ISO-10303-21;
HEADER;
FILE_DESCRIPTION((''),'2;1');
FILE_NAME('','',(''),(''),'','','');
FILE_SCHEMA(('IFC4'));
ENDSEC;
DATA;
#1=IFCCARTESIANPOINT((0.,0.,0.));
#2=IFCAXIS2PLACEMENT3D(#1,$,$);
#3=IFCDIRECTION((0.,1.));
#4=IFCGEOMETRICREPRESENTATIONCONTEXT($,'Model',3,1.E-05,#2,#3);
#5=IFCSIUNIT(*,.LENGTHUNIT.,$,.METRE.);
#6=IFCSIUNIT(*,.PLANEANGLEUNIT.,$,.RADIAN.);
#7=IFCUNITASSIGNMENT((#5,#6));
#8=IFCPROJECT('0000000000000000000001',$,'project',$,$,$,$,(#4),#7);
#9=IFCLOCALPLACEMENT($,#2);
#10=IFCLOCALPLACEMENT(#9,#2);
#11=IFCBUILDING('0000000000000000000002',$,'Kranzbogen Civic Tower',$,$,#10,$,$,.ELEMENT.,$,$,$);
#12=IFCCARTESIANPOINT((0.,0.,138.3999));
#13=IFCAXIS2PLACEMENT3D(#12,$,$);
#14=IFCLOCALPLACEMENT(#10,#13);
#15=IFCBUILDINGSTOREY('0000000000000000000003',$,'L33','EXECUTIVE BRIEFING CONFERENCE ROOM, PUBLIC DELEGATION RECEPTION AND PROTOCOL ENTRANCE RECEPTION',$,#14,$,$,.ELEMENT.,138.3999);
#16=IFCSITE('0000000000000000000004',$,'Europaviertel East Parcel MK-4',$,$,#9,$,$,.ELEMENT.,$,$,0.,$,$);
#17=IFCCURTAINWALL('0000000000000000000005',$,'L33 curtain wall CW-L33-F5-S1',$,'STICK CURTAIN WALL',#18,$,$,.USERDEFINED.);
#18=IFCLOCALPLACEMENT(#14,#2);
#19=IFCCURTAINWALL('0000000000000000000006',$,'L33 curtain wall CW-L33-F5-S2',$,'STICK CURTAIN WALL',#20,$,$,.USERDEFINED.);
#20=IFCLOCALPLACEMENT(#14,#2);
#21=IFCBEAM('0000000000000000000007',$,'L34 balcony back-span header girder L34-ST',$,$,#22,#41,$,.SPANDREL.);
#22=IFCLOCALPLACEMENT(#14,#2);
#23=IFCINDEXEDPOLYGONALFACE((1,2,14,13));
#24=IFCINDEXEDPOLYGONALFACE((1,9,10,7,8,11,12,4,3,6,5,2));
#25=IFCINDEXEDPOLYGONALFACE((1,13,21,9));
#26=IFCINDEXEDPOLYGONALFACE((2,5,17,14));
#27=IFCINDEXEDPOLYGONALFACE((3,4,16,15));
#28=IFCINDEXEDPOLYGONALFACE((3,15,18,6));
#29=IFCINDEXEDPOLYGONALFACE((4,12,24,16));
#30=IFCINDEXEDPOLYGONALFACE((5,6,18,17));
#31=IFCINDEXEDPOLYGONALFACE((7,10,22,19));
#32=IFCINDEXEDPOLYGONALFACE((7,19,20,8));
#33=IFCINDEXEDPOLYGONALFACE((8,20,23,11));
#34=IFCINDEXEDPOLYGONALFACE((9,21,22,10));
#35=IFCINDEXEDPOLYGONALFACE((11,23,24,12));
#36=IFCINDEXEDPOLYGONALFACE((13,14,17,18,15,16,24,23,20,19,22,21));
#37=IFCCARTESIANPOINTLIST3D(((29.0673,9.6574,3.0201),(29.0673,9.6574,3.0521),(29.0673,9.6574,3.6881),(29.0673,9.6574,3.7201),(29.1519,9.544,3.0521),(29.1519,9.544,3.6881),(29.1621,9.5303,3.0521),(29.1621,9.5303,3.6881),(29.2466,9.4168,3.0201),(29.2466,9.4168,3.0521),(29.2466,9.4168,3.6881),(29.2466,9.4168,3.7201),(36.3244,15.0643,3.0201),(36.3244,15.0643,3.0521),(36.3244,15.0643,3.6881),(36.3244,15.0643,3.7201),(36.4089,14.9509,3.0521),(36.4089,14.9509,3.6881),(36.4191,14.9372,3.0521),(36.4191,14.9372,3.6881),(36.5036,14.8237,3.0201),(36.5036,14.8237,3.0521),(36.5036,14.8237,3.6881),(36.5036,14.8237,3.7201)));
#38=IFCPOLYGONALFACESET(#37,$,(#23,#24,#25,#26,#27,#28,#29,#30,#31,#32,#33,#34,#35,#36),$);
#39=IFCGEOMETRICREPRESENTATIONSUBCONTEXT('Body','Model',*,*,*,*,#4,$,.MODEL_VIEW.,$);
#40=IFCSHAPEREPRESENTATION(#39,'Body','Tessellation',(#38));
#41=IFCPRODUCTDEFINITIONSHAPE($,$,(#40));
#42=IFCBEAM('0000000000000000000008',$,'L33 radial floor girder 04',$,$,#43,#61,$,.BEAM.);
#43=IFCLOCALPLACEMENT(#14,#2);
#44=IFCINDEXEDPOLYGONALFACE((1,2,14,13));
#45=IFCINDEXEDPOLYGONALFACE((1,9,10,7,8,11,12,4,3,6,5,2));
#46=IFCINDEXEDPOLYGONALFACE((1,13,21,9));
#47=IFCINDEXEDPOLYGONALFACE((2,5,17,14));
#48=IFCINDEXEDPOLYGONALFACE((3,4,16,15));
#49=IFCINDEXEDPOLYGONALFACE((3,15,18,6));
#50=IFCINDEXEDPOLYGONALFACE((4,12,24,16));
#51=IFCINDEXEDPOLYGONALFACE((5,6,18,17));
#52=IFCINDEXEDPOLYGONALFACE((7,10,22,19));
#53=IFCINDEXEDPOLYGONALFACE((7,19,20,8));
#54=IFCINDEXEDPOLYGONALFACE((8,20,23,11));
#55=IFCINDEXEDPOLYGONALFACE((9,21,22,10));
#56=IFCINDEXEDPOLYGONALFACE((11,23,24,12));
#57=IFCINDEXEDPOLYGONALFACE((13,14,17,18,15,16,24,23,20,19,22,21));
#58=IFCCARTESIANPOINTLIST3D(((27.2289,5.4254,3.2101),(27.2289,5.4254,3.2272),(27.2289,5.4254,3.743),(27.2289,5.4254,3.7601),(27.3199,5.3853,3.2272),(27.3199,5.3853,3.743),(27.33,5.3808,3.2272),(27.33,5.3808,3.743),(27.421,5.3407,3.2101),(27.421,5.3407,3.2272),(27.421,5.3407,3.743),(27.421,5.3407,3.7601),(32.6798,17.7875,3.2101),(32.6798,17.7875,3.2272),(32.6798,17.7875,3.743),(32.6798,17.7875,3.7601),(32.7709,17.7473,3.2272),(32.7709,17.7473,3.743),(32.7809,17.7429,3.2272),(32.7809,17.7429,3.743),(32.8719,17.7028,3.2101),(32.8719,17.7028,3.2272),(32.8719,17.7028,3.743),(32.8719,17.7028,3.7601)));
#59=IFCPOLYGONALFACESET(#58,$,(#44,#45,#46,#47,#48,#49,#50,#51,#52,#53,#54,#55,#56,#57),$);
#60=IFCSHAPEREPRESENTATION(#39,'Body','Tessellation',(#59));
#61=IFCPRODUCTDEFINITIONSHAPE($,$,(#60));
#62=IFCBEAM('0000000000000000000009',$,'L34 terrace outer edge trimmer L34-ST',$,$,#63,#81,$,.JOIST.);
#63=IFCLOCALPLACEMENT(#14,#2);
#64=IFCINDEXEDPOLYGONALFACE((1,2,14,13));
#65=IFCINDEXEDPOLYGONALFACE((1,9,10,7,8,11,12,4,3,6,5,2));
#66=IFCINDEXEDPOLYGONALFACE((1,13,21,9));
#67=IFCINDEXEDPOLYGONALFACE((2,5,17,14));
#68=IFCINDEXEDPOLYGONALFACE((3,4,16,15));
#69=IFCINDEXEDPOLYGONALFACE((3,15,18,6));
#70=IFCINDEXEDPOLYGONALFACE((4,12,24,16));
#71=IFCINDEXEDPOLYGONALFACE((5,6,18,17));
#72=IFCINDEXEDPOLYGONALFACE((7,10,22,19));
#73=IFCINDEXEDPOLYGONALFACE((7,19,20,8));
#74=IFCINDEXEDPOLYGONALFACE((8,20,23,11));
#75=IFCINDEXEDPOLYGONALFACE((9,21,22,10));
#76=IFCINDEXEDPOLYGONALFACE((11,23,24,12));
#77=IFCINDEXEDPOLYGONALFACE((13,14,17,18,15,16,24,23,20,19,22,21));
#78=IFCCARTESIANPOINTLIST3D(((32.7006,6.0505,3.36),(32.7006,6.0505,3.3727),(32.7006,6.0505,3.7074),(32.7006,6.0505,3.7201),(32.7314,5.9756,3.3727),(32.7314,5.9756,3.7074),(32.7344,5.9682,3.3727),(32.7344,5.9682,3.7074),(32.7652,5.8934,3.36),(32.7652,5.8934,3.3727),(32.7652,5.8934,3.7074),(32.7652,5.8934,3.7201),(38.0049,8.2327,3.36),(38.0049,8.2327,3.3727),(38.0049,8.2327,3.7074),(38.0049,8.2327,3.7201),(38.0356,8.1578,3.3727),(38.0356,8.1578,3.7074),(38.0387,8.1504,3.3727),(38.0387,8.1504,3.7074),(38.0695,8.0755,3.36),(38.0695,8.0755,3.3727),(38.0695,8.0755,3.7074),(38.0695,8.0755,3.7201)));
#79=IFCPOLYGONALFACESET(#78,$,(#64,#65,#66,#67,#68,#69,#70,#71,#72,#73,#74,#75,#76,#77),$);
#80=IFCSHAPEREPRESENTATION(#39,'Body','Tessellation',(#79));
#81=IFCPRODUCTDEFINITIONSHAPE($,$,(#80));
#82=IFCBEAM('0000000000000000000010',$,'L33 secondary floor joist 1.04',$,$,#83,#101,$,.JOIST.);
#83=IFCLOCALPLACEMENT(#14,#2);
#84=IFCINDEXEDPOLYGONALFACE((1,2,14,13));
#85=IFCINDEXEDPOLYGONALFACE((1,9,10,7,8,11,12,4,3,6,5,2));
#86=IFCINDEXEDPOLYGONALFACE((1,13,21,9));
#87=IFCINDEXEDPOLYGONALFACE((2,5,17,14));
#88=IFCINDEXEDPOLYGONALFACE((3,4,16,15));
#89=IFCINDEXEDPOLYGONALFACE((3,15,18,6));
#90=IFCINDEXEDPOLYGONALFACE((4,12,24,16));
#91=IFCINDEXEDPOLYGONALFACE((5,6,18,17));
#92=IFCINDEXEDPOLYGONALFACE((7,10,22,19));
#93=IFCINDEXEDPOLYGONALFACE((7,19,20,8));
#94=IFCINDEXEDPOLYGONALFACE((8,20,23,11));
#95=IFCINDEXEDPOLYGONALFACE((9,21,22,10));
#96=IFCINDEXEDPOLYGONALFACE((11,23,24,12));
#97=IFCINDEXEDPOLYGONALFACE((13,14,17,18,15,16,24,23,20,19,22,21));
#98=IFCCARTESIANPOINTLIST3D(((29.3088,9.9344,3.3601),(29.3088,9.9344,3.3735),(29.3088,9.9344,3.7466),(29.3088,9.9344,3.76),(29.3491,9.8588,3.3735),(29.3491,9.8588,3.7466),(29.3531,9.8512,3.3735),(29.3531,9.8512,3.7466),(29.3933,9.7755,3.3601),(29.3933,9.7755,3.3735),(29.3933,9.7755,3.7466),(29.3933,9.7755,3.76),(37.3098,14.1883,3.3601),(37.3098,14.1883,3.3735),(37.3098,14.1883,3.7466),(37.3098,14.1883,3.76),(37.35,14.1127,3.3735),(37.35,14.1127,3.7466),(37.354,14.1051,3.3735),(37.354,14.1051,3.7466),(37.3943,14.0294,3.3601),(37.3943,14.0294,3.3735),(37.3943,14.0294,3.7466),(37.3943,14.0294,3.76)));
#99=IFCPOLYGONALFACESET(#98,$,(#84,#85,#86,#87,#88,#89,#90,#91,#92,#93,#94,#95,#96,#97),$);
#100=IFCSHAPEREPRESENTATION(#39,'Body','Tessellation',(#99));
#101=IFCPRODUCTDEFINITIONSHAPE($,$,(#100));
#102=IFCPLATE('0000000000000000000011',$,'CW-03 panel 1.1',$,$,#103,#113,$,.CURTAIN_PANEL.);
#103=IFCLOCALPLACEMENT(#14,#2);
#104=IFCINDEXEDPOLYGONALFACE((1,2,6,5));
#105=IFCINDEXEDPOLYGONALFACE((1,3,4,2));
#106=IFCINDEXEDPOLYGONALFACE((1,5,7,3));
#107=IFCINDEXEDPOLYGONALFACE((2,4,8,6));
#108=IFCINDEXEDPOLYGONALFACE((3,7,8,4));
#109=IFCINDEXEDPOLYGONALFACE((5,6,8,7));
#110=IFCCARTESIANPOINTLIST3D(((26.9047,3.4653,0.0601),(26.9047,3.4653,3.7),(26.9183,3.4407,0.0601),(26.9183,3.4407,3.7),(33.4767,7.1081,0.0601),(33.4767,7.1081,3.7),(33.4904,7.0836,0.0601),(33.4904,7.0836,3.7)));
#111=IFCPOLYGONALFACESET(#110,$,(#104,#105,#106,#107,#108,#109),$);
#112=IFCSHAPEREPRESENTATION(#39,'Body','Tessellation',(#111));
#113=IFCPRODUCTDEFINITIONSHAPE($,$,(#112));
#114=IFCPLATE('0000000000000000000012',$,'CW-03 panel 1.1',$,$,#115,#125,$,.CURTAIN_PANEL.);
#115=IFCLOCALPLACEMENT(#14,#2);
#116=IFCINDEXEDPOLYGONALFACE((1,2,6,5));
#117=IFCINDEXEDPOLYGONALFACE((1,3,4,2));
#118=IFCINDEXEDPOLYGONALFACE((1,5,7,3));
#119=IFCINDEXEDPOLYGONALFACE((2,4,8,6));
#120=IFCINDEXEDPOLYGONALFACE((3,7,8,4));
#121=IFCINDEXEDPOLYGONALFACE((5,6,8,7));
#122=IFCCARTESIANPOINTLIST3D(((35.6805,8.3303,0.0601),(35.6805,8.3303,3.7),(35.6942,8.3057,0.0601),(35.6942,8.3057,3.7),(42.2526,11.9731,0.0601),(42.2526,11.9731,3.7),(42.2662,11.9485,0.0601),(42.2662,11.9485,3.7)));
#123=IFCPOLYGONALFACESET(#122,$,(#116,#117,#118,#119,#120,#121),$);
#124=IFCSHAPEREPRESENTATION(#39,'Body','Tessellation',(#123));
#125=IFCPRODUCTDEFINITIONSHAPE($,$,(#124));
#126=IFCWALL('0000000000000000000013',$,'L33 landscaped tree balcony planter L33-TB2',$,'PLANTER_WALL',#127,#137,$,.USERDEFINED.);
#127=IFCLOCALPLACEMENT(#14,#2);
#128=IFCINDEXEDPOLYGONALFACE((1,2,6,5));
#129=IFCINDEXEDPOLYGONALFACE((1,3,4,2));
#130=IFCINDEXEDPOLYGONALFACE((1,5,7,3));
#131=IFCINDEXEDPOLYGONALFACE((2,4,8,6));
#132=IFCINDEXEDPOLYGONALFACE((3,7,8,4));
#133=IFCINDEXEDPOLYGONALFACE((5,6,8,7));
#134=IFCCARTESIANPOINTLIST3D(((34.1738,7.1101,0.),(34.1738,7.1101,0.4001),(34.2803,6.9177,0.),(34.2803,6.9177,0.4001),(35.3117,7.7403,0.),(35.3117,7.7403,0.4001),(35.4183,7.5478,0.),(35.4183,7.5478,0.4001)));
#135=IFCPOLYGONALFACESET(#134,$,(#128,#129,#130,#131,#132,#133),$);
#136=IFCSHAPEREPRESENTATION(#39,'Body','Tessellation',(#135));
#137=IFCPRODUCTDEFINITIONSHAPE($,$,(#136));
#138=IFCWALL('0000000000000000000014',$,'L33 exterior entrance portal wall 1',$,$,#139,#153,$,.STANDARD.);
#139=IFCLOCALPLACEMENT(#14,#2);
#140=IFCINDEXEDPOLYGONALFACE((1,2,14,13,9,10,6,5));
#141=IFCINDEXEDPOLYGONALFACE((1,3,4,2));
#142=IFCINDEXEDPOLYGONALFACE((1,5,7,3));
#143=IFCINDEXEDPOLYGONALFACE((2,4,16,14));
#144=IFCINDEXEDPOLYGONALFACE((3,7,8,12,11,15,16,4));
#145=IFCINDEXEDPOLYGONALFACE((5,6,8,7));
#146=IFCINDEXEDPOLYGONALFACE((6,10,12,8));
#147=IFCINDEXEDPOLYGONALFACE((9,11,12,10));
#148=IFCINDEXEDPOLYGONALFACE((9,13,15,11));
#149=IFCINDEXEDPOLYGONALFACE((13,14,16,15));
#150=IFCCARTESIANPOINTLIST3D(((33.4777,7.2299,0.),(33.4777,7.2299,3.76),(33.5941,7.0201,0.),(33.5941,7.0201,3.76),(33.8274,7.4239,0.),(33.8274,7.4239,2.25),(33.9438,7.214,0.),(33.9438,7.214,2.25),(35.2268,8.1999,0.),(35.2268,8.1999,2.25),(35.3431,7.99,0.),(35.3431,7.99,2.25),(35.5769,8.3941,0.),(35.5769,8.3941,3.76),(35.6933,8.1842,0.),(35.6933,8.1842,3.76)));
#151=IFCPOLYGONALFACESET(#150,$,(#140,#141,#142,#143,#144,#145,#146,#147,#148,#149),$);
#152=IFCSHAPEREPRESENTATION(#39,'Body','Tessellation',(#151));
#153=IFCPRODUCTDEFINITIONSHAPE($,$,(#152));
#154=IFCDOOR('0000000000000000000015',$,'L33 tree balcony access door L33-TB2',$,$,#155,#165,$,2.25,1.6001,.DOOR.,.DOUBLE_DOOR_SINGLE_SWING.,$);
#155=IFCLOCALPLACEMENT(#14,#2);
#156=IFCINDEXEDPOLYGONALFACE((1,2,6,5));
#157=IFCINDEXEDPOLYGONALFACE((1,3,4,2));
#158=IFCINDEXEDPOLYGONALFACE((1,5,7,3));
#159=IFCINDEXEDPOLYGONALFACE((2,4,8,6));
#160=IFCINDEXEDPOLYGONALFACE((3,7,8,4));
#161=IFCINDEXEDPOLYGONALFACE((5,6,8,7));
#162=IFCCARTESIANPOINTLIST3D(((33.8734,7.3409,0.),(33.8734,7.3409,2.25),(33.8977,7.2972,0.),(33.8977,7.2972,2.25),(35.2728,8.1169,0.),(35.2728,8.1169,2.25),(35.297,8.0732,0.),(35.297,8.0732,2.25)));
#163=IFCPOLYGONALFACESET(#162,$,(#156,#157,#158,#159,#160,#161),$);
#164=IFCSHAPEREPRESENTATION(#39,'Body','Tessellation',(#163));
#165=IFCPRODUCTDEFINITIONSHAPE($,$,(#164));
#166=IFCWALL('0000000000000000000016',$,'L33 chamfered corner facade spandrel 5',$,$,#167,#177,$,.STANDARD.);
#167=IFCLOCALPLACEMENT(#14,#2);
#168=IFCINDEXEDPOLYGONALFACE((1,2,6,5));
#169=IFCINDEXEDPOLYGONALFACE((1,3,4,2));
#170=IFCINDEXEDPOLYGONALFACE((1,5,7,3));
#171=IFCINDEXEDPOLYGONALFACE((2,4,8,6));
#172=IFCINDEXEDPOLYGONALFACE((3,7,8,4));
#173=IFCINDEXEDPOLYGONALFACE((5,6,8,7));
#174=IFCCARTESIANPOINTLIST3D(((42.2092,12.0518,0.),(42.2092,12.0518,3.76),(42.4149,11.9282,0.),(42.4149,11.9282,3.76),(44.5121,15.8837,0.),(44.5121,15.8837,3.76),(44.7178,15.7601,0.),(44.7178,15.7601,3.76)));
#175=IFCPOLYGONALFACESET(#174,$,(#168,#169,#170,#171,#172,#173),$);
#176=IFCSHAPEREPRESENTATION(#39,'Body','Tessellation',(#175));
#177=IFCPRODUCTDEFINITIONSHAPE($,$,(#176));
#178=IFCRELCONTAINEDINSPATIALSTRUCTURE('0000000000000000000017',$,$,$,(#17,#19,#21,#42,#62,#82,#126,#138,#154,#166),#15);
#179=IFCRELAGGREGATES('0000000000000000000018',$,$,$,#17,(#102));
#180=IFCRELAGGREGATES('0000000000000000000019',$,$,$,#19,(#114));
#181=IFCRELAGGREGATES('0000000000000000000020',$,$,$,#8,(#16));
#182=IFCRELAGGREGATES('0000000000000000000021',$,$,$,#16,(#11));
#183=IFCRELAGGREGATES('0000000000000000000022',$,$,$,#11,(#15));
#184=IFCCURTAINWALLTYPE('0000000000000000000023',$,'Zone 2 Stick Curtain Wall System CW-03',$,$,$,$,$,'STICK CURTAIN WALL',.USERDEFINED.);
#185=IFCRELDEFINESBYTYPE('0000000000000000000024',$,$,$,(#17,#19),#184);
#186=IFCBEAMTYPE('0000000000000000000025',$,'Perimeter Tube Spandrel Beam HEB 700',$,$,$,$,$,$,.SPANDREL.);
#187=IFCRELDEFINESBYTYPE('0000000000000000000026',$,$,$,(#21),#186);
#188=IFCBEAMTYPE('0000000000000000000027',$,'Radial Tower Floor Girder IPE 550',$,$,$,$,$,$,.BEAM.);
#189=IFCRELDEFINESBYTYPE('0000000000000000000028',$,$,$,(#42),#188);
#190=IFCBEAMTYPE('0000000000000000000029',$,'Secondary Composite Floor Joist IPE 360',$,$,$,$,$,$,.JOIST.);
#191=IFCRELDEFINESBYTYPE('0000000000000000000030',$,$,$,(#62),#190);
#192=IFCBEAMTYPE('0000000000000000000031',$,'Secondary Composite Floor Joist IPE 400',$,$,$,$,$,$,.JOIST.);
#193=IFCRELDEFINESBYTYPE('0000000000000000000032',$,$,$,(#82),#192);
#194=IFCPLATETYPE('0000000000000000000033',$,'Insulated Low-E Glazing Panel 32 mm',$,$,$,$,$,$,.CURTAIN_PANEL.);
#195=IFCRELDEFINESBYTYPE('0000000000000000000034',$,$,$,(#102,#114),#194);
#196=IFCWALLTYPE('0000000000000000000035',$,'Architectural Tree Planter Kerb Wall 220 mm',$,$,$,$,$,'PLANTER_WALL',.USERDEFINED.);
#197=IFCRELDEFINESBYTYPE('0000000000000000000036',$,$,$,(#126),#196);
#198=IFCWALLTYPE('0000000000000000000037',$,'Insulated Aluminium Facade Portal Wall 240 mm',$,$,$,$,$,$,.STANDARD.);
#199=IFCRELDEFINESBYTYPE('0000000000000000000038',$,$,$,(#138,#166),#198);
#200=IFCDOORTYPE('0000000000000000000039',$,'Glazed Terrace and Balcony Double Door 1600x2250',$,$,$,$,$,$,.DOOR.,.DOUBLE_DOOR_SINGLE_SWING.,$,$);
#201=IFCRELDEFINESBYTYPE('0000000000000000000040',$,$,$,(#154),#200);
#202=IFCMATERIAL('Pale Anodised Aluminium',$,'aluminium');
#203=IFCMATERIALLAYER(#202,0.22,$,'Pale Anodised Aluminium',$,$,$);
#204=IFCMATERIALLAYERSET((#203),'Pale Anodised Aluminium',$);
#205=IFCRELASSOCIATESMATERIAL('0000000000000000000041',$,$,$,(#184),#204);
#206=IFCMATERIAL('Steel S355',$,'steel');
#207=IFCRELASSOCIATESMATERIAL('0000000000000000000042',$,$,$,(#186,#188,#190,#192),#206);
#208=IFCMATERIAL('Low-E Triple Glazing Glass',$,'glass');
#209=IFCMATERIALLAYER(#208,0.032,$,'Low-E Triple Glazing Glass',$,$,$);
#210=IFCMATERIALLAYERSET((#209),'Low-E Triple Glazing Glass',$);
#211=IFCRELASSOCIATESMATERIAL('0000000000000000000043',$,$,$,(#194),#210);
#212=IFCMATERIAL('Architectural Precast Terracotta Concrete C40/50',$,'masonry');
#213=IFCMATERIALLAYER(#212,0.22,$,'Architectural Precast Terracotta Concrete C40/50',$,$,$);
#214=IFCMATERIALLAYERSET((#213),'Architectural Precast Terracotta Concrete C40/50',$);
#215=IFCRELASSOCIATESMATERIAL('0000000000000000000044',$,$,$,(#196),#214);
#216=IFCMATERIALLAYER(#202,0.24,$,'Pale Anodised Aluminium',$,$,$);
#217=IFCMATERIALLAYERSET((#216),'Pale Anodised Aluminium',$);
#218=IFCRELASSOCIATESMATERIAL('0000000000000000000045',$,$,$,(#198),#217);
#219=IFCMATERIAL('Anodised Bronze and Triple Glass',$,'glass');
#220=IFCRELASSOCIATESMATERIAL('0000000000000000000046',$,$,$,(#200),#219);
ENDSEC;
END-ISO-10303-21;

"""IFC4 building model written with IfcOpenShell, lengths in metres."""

from ifc_helpers import new_model, si_unit, direction, frame, frame_2d, origin, origin_2d, place, context, subcontext, project, spatial, rectangle, i_section, extrude, material, layer, layer_set, material_profile, profile_set, type_object, element, fill, aggregate, save


model = new_model("IFC4")

# Units and contexts
model_context = context("Model", 3, precision=1e-05, world=origin(), true_north=direction((0.0, 1.0)))
body_context = subcontext(model_context, "Body", "Model", "MODEL_VIEW")
ifc_project = project(units=[si_unit("LENGTHUNIT", "METRE"), si_unit("PLANEANGLEUNIT", "RADIAN")], contexts=[model_context])

# Site, building, storey
site_placement = place(None, origin())
site = spatial("IfcSite", under=ifc_project, at=site_placement, Name="Europaviertel East Parcel MK-4", CompositionType="ELEMENT", RefElevation=0.0)
building_placement = place(site_placement, origin())
building = spatial("IfcBuilding", under=site, at=building_placement, Name="Kranzbogen Civic Tower", CompositionType="ELEMENT")
storey_placement = place(building_placement, frame((0.0, 0.0, 138.3999)))
storey = spatial("IfcBuildingStorey", under=building, at=storey_placement, Name="L33", Description="EXECUTIVE BRIEFING CONFERENCE ROOM, PUBLIC DELEGATION RECEPTION AND PROTOCOL ENTRANCE RECEPTION", CompositionType="ELEMENT", Elevation=138.3999)

# Shared definitions
ifc_material_1 = material(Name="Steel S355", Category="steel")

# Curtain walls
ifc_material_2 = material(Name="Pale Anodised Aluminium", Category="aluminium")
ifc_layer_1 = layer(ifc_material_2, 0.22, Name="Pale Anodised Aluminium")
ifc_layer_set_1 = layer_set([ifc_layer_1], Name="Pale Anodised Aluminium")
curtain_wall_type = type_object("IfcCurtainWallType", Name="Zone 2 Stick Curtain Wall System CW-03", ElementType="STICK CURTAIN WALL", PredefinedType="USERDEFINED", material=ifc_layer_set_1)
curtain_wall_1_placement = place(storey_placement, origin())
curtain_wall_1 = element("IfcCurtainWall", 1, at=curtain_wall_1_placement, inside=storey, type_object=curtain_wall_type, Name="L33 curtain wall CW-L33-F5-S1", ObjectType="STICK CURTAIN WALL", PredefinedType="USERDEFINED")
curtain_wall_2_placement = place(storey_placement, origin())
curtain_wall_2 = element("IfcCurtainWall", 2, at=curtain_wall_2_placement, inside=storey, type_object=curtain_wall_type, Name="L33 curtain wall CW-L33-F5-S2", ObjectType="STICK CURTAIN WALL", PredefinedType="USERDEFINED")

# Beams
ifc_material_profile_1 = material_profile(ifc_material_1, i_section(OverallWidth=0.3, OverallDepth=0.7, WebThickness=0.0171, FlangeThickness=0.032, at=origin_2d()), Name="HEB 700")
ifc_profile_set_1 = profile_set([ifc_material_profile_1], Name="Steel S355")
beam_type_1 = type_object("IfcBeamType", Name="Perimeter Tube Spandrel Beam HEB 700", PredefinedType="SPANDREL", material=ifc_profile_set_1)
beam_1_placement = place(storey_placement, frame((29.157, 9.5371, 3.3701), z_axis=(0.801896, 0.597463, 0.0), x_axis=(-0.597463, 0.801896, 0.0)))
element("IfcBeam", 3, at=beam_1_placement, inside=storey, type_object=beam_type_1, Name="L34 balcony back-span header girder L34-ST", PredefinedType="SPANDREL", context=body_context, shape_type="SweptSolid", body=[
    extrude(i_section(OverallWidth=0.3, OverallDepth=0.7, WebThickness=0.0171, FlangeThickness=0.032, at=origin_2d()), origin(), (0.0, 0.0, 1.0), 9.0498),
])
ifc_material_profile_2 = material_profile(ifc_material_1, i_section(OverallWidth=0.21, OverallDepth=0.55, WebThickness=0.011, FlangeThickness=0.0171, at=origin_2d()), Name="IPE 550")
ifc_profile_set_2 = profile_set([ifc_material_profile_2], Name="Steel S355")
beam_type_2 = type_object("IfcBeamType", Name="Radial Tower Floor Girder IPE 550", PredefinedType="BEAM", material=ifc_profile_set_2)
beam_2_placement = place(storey_placement, frame((27.325, 5.3831, 3.4851), z_axis=(0.403459, 0.914998, 0.0), x_axis=(-0.914998, 0.403459, 0.0)))
element("IfcBeam", 4, at=beam_2_placement, inside=storey, type_object=beam_type_2, Name="L33 radial floor girder 04", PredefinedType="BEAM", context=body_context, shape_type="SweptSolid", body=[
    extrude(i_section(OverallWidth=0.21, OverallDepth=0.55, WebThickness=0.011, FlangeThickness=0.0171, at=origin_2d()), origin(), (0.0, 0.0, 1.0), 13.5105),
])
ifc_material_profile_3 = material_profile(ifc_material_1, i_section(OverallWidth=0.1699, OverallDepth=0.3601, WebThickness=0.0081, FlangeThickness=0.0127, at=origin_2d()), Name="IPE 360")
ifc_profile_set_3 = profile_set([ifc_material_profile_3], Name="Steel S355")
beam_type_3 = type_object("IfcBeamType", Name="Secondary Composite Floor Joist IPE 360", PredefinedType="JOIST", material=ifc_profile_set_3)
beam_3_placement = place(storey_placement, frame((32.7329, 5.9719, 3.54), z_axis=(0.924798, 0.380459, 0.0), x_axis=(-0.380459, 0.924798, 0.0)))
element("IfcBeam", 5, at=beam_3_placement, inside=storey, type_object=beam_type_3, Name="L34 terrace outer edge trimmer L34-ST", PredefinedType="JOIST", context=body_context, shape_type="SweptSolid", body=[
    extrude(i_section(OverallWidth=0.1699, OverallDepth=0.3601, WebThickness=0.0081, FlangeThickness=0.0127, at=origin_2d()), origin(), (0.0, 0.0, 1.0), 5.7356),
])
ifc_material_profile_4 = material_profile(ifc_material_1, i_section(OverallWidth=0.1799, OverallDepth=0.3999, WebThickness=0.0085, FlangeThickness=0.0134, at=origin_2d()), Name="IPE 400")
ifc_profile_set_4 = profile_set([ifc_material_profile_4], Name="Steel S355")
beam_type_4 = type_object("IfcBeamType", Name="Secondary Composite Floor Joist IPE 400", PredefinedType="JOIST", material=ifc_profile_set_4)
beam_4_placement = place(storey_placement, frame((29.3511, 9.855, 3.5601), z_axis=(0.882961, 0.469447, 0.0), x_axis=(-0.469447, 0.882961, 0.0)))
element("IfcBeam", 6, at=beam_4_placement, inside=storey, type_object=beam_type_4, Name="L33 secondary floor joist 1.04", PredefinedType="JOIST", context=body_context, shape_type="SweptSolid", body=[
    extrude(i_section(OverallWidth=0.1799, OverallDepth=0.3999, WebThickness=0.0085, FlangeThickness=0.0134, at=origin_2d()), origin(), (0.0, 0.0, 1.0), 9.0615),
])

# Plates
ifc_material_3 = material(Name="Low-E Triple Glazing Glass", Category="glass")
ifc_layer_2 = layer(ifc_material_3, 0.032, Name="Low-E Triple Glazing Glass")
ifc_layer_set_2 = layer_set([ifc_layer_2], Name="Low-E Triple Glazing Glass")
plate_type = type_object("IfcPlateType", Name="Insulated Low-E Glazing Panel 32 mm", PredefinedType="CURTAIN_PANEL", material=ifc_layer_set_2)
plate_1_placement = place(storey_placement, frame((30.1975, 5.2744, 0.0601), z_axis=(0.0, 0.0, 1.0), x_axis=(0.874626, 0.484797, 0.0)))
plate_1 = element("IfcPlate", 7, at=plate_1_placement, type_object=plate_type, Name="CW-03 panel 1.1", PredefinedType="CURTAIN_PANEL", context=body_context, shape_type="SweptSolid", body=[
    extrude(rectangle(XDim=7.5142, YDim=0.0281, at=origin_2d()), origin(), (0.0, 0.0, 1.0), 3.6399),
])
aggregate(curtain_wall_1, [plate_1])
plate_2_placement = place(storey_placement, frame((38.9734, 10.1394, 0.0601), z_axis=(0.0, 0.0, 1.0), x_axis=(0.874626, 0.484797, 0.0)))
plate_2 = element("IfcPlate", 8, at=plate_2_placement, type_object=plate_type, Name="CW-03 panel 1.1", PredefinedType="CURTAIN_PANEL", context=body_context, shape_type="SweptSolid", body=[
    extrude(rectangle(XDim=7.5142, YDim=0.0281, at=origin_2d()), origin(), (0.0, 0.0, 1.0), 3.6399),
])
aggregate(curtain_wall_2, [plate_2])

# Wall
ifc_material_4 = material(Name="Architectural Precast Terracotta Concrete C40/50", Category="masonry")
ifc_layer_3 = layer(ifc_material_4, 0.22, Name="Architectural Precast Terracotta Concrete C40/50")
ifc_layer_set_3 = layer_set([ifc_layer_3], Name="Architectural Precast Terracotta Concrete C40/50")
wall_type_1 = type_object("IfcWallType", Name="Architectural Tree Planter Kerb Wall 220 mm", ElementType="PLANTER_WALL", PredefinedType="USERDEFINED", material=ifc_layer_set_3)
wall_1_placement = place(storey_placement, frame((34.2271, 7.0139, 0.0), z_axis=(0.0, 0.0, 1.0), x_axis=(0.874829, 0.484431, 0.0)))
element("IfcWall", 9, at=wall_1_placement, inside=storey, type_object=wall_type_1, Name="L33 landscaped tree balcony planter L33-TB2", ObjectType="PLANTER_WALL", PredefinedType="USERDEFINED", context=body_context, shape_type="SweptSolid", body=[
    extrude(rectangle(XDim=1.3008, YDim=0.22, at=frame_2d((0.6504, 0.0))), origin(), (0.0, 0.0, 1.0), 0.4001),
])

# Wall, opening, door
ifc_layer_4 = layer(ifc_material_2, 0.24, Name="Pale Anodised Aluminium")
ifc_layer_set_4 = layer_set([ifc_layer_4], Name="Pale Anodised Aluminium")
wall_type_2 = type_object("IfcWallType", Name="Insulated Aluminium Facade Portal Wall 240 mm", PredefinedType="STANDARD", material=ifc_layer_set_4)
wall_2_placement = place(storey_placement, frame((33.5359, 7.125, 0.0), z_axis=(0.0, 0.0, 1.0), x_axis=(0.874531, 0.484969, 0.0)))
wall_2 = element("IfcWall", 10, at=wall_2_placement, inside=storey, type_object=wall_type_2, Name="L33 exterior entrance portal wall 1", PredefinedType="STANDARD", context=body_context, shape_type="SweptSolid", body=[
    extrude(rectangle(XDim=2.4004, YDim=0.24, at=frame_2d((1.2002, 0.0))), origin(), (0.0, 0.0, 1.0), 3.76),
])
opening_placement = place(wall_2_placement, frame((0.3999, 0.0, 0.0)))
opening = element("IfcOpeningElement", 11, at=opening_placement, cuts=wall_2, PredefinedType="OPENING", context=body_context, shape_type="SweptSolid", body=[
    extrude(rectangle(XDim=1.6001, YDim=2.25, at=frame_2d((0.8, 1.125))), frame((0.0, 0.1299, 0.0), z_axis=(0.0, -1.0, 0.0), x_axis=(1.0, 0.0, 0.0)), (0.0, 0.0, 1.0), 0.26),
])
ifc_material_5 = material(Name="Anodised Bronze and Triple Glass", Category="glass")
door_type = type_object("IfcDoorType", Name="Glazed Terrace and Balcony Double Door 1600x2250", OperationType="DOUBLE_DOOR_SINGLE_SWING", PredefinedType="DOOR", material=ifc_material_5)
door_placement = place(opening_placement, frame((1.6001, 0.0, 0.0), z_axis=(0.0, 0.0, 1.0), x_axis=(-1.0, 0.0, 0.0)))
door = element("IfcDoor", 12, at=door_placement, inside=storey, type_object=door_type, Name="L33 tree balcony access door L33-TB2", OperationType="DOUBLE_DOOR_SINGLE_SWING", OverallHeight=2.25, OverallWidth=1.6001, PredefinedType="DOOR", context=body_context, shape_type="SweptSolid", body=[
    extrude(rectangle(XDim=1.6001, YDim=2.25, at=frame_2d((0.8, 1.125))), frame((0.0, 0.0249, 0.0), z_axis=(0.0, -1.0, 0.0), x_axis=(1.0, 0.0, 0.0)), (0.0, 0.0, 1.0), 0.05),
])
fill(opening, door)

# Wall
wall_3_placement = place(storey_placement, frame((42.312, 11.99, 0.0), z_axis=(0.0, 0.0, 1.0), x_axis=(0.515114, 0.857122, 0.0)))
element("IfcWall", 13, at=wall_3_placement, inside=storey, type_object=wall_type_2, Name="L33 chamfered corner facade spandrel 5", PredefinedType="STANDARD", context=body_context, shape_type="SweptSolid", body=[
    extrude(rectangle(XDim=4.4707, YDim=0.24, at=frame_2d((2.2354, 0.0))), origin(), (0.0, 0.0, 1.0), 3.76),
])

save(model, "model.ifc")
